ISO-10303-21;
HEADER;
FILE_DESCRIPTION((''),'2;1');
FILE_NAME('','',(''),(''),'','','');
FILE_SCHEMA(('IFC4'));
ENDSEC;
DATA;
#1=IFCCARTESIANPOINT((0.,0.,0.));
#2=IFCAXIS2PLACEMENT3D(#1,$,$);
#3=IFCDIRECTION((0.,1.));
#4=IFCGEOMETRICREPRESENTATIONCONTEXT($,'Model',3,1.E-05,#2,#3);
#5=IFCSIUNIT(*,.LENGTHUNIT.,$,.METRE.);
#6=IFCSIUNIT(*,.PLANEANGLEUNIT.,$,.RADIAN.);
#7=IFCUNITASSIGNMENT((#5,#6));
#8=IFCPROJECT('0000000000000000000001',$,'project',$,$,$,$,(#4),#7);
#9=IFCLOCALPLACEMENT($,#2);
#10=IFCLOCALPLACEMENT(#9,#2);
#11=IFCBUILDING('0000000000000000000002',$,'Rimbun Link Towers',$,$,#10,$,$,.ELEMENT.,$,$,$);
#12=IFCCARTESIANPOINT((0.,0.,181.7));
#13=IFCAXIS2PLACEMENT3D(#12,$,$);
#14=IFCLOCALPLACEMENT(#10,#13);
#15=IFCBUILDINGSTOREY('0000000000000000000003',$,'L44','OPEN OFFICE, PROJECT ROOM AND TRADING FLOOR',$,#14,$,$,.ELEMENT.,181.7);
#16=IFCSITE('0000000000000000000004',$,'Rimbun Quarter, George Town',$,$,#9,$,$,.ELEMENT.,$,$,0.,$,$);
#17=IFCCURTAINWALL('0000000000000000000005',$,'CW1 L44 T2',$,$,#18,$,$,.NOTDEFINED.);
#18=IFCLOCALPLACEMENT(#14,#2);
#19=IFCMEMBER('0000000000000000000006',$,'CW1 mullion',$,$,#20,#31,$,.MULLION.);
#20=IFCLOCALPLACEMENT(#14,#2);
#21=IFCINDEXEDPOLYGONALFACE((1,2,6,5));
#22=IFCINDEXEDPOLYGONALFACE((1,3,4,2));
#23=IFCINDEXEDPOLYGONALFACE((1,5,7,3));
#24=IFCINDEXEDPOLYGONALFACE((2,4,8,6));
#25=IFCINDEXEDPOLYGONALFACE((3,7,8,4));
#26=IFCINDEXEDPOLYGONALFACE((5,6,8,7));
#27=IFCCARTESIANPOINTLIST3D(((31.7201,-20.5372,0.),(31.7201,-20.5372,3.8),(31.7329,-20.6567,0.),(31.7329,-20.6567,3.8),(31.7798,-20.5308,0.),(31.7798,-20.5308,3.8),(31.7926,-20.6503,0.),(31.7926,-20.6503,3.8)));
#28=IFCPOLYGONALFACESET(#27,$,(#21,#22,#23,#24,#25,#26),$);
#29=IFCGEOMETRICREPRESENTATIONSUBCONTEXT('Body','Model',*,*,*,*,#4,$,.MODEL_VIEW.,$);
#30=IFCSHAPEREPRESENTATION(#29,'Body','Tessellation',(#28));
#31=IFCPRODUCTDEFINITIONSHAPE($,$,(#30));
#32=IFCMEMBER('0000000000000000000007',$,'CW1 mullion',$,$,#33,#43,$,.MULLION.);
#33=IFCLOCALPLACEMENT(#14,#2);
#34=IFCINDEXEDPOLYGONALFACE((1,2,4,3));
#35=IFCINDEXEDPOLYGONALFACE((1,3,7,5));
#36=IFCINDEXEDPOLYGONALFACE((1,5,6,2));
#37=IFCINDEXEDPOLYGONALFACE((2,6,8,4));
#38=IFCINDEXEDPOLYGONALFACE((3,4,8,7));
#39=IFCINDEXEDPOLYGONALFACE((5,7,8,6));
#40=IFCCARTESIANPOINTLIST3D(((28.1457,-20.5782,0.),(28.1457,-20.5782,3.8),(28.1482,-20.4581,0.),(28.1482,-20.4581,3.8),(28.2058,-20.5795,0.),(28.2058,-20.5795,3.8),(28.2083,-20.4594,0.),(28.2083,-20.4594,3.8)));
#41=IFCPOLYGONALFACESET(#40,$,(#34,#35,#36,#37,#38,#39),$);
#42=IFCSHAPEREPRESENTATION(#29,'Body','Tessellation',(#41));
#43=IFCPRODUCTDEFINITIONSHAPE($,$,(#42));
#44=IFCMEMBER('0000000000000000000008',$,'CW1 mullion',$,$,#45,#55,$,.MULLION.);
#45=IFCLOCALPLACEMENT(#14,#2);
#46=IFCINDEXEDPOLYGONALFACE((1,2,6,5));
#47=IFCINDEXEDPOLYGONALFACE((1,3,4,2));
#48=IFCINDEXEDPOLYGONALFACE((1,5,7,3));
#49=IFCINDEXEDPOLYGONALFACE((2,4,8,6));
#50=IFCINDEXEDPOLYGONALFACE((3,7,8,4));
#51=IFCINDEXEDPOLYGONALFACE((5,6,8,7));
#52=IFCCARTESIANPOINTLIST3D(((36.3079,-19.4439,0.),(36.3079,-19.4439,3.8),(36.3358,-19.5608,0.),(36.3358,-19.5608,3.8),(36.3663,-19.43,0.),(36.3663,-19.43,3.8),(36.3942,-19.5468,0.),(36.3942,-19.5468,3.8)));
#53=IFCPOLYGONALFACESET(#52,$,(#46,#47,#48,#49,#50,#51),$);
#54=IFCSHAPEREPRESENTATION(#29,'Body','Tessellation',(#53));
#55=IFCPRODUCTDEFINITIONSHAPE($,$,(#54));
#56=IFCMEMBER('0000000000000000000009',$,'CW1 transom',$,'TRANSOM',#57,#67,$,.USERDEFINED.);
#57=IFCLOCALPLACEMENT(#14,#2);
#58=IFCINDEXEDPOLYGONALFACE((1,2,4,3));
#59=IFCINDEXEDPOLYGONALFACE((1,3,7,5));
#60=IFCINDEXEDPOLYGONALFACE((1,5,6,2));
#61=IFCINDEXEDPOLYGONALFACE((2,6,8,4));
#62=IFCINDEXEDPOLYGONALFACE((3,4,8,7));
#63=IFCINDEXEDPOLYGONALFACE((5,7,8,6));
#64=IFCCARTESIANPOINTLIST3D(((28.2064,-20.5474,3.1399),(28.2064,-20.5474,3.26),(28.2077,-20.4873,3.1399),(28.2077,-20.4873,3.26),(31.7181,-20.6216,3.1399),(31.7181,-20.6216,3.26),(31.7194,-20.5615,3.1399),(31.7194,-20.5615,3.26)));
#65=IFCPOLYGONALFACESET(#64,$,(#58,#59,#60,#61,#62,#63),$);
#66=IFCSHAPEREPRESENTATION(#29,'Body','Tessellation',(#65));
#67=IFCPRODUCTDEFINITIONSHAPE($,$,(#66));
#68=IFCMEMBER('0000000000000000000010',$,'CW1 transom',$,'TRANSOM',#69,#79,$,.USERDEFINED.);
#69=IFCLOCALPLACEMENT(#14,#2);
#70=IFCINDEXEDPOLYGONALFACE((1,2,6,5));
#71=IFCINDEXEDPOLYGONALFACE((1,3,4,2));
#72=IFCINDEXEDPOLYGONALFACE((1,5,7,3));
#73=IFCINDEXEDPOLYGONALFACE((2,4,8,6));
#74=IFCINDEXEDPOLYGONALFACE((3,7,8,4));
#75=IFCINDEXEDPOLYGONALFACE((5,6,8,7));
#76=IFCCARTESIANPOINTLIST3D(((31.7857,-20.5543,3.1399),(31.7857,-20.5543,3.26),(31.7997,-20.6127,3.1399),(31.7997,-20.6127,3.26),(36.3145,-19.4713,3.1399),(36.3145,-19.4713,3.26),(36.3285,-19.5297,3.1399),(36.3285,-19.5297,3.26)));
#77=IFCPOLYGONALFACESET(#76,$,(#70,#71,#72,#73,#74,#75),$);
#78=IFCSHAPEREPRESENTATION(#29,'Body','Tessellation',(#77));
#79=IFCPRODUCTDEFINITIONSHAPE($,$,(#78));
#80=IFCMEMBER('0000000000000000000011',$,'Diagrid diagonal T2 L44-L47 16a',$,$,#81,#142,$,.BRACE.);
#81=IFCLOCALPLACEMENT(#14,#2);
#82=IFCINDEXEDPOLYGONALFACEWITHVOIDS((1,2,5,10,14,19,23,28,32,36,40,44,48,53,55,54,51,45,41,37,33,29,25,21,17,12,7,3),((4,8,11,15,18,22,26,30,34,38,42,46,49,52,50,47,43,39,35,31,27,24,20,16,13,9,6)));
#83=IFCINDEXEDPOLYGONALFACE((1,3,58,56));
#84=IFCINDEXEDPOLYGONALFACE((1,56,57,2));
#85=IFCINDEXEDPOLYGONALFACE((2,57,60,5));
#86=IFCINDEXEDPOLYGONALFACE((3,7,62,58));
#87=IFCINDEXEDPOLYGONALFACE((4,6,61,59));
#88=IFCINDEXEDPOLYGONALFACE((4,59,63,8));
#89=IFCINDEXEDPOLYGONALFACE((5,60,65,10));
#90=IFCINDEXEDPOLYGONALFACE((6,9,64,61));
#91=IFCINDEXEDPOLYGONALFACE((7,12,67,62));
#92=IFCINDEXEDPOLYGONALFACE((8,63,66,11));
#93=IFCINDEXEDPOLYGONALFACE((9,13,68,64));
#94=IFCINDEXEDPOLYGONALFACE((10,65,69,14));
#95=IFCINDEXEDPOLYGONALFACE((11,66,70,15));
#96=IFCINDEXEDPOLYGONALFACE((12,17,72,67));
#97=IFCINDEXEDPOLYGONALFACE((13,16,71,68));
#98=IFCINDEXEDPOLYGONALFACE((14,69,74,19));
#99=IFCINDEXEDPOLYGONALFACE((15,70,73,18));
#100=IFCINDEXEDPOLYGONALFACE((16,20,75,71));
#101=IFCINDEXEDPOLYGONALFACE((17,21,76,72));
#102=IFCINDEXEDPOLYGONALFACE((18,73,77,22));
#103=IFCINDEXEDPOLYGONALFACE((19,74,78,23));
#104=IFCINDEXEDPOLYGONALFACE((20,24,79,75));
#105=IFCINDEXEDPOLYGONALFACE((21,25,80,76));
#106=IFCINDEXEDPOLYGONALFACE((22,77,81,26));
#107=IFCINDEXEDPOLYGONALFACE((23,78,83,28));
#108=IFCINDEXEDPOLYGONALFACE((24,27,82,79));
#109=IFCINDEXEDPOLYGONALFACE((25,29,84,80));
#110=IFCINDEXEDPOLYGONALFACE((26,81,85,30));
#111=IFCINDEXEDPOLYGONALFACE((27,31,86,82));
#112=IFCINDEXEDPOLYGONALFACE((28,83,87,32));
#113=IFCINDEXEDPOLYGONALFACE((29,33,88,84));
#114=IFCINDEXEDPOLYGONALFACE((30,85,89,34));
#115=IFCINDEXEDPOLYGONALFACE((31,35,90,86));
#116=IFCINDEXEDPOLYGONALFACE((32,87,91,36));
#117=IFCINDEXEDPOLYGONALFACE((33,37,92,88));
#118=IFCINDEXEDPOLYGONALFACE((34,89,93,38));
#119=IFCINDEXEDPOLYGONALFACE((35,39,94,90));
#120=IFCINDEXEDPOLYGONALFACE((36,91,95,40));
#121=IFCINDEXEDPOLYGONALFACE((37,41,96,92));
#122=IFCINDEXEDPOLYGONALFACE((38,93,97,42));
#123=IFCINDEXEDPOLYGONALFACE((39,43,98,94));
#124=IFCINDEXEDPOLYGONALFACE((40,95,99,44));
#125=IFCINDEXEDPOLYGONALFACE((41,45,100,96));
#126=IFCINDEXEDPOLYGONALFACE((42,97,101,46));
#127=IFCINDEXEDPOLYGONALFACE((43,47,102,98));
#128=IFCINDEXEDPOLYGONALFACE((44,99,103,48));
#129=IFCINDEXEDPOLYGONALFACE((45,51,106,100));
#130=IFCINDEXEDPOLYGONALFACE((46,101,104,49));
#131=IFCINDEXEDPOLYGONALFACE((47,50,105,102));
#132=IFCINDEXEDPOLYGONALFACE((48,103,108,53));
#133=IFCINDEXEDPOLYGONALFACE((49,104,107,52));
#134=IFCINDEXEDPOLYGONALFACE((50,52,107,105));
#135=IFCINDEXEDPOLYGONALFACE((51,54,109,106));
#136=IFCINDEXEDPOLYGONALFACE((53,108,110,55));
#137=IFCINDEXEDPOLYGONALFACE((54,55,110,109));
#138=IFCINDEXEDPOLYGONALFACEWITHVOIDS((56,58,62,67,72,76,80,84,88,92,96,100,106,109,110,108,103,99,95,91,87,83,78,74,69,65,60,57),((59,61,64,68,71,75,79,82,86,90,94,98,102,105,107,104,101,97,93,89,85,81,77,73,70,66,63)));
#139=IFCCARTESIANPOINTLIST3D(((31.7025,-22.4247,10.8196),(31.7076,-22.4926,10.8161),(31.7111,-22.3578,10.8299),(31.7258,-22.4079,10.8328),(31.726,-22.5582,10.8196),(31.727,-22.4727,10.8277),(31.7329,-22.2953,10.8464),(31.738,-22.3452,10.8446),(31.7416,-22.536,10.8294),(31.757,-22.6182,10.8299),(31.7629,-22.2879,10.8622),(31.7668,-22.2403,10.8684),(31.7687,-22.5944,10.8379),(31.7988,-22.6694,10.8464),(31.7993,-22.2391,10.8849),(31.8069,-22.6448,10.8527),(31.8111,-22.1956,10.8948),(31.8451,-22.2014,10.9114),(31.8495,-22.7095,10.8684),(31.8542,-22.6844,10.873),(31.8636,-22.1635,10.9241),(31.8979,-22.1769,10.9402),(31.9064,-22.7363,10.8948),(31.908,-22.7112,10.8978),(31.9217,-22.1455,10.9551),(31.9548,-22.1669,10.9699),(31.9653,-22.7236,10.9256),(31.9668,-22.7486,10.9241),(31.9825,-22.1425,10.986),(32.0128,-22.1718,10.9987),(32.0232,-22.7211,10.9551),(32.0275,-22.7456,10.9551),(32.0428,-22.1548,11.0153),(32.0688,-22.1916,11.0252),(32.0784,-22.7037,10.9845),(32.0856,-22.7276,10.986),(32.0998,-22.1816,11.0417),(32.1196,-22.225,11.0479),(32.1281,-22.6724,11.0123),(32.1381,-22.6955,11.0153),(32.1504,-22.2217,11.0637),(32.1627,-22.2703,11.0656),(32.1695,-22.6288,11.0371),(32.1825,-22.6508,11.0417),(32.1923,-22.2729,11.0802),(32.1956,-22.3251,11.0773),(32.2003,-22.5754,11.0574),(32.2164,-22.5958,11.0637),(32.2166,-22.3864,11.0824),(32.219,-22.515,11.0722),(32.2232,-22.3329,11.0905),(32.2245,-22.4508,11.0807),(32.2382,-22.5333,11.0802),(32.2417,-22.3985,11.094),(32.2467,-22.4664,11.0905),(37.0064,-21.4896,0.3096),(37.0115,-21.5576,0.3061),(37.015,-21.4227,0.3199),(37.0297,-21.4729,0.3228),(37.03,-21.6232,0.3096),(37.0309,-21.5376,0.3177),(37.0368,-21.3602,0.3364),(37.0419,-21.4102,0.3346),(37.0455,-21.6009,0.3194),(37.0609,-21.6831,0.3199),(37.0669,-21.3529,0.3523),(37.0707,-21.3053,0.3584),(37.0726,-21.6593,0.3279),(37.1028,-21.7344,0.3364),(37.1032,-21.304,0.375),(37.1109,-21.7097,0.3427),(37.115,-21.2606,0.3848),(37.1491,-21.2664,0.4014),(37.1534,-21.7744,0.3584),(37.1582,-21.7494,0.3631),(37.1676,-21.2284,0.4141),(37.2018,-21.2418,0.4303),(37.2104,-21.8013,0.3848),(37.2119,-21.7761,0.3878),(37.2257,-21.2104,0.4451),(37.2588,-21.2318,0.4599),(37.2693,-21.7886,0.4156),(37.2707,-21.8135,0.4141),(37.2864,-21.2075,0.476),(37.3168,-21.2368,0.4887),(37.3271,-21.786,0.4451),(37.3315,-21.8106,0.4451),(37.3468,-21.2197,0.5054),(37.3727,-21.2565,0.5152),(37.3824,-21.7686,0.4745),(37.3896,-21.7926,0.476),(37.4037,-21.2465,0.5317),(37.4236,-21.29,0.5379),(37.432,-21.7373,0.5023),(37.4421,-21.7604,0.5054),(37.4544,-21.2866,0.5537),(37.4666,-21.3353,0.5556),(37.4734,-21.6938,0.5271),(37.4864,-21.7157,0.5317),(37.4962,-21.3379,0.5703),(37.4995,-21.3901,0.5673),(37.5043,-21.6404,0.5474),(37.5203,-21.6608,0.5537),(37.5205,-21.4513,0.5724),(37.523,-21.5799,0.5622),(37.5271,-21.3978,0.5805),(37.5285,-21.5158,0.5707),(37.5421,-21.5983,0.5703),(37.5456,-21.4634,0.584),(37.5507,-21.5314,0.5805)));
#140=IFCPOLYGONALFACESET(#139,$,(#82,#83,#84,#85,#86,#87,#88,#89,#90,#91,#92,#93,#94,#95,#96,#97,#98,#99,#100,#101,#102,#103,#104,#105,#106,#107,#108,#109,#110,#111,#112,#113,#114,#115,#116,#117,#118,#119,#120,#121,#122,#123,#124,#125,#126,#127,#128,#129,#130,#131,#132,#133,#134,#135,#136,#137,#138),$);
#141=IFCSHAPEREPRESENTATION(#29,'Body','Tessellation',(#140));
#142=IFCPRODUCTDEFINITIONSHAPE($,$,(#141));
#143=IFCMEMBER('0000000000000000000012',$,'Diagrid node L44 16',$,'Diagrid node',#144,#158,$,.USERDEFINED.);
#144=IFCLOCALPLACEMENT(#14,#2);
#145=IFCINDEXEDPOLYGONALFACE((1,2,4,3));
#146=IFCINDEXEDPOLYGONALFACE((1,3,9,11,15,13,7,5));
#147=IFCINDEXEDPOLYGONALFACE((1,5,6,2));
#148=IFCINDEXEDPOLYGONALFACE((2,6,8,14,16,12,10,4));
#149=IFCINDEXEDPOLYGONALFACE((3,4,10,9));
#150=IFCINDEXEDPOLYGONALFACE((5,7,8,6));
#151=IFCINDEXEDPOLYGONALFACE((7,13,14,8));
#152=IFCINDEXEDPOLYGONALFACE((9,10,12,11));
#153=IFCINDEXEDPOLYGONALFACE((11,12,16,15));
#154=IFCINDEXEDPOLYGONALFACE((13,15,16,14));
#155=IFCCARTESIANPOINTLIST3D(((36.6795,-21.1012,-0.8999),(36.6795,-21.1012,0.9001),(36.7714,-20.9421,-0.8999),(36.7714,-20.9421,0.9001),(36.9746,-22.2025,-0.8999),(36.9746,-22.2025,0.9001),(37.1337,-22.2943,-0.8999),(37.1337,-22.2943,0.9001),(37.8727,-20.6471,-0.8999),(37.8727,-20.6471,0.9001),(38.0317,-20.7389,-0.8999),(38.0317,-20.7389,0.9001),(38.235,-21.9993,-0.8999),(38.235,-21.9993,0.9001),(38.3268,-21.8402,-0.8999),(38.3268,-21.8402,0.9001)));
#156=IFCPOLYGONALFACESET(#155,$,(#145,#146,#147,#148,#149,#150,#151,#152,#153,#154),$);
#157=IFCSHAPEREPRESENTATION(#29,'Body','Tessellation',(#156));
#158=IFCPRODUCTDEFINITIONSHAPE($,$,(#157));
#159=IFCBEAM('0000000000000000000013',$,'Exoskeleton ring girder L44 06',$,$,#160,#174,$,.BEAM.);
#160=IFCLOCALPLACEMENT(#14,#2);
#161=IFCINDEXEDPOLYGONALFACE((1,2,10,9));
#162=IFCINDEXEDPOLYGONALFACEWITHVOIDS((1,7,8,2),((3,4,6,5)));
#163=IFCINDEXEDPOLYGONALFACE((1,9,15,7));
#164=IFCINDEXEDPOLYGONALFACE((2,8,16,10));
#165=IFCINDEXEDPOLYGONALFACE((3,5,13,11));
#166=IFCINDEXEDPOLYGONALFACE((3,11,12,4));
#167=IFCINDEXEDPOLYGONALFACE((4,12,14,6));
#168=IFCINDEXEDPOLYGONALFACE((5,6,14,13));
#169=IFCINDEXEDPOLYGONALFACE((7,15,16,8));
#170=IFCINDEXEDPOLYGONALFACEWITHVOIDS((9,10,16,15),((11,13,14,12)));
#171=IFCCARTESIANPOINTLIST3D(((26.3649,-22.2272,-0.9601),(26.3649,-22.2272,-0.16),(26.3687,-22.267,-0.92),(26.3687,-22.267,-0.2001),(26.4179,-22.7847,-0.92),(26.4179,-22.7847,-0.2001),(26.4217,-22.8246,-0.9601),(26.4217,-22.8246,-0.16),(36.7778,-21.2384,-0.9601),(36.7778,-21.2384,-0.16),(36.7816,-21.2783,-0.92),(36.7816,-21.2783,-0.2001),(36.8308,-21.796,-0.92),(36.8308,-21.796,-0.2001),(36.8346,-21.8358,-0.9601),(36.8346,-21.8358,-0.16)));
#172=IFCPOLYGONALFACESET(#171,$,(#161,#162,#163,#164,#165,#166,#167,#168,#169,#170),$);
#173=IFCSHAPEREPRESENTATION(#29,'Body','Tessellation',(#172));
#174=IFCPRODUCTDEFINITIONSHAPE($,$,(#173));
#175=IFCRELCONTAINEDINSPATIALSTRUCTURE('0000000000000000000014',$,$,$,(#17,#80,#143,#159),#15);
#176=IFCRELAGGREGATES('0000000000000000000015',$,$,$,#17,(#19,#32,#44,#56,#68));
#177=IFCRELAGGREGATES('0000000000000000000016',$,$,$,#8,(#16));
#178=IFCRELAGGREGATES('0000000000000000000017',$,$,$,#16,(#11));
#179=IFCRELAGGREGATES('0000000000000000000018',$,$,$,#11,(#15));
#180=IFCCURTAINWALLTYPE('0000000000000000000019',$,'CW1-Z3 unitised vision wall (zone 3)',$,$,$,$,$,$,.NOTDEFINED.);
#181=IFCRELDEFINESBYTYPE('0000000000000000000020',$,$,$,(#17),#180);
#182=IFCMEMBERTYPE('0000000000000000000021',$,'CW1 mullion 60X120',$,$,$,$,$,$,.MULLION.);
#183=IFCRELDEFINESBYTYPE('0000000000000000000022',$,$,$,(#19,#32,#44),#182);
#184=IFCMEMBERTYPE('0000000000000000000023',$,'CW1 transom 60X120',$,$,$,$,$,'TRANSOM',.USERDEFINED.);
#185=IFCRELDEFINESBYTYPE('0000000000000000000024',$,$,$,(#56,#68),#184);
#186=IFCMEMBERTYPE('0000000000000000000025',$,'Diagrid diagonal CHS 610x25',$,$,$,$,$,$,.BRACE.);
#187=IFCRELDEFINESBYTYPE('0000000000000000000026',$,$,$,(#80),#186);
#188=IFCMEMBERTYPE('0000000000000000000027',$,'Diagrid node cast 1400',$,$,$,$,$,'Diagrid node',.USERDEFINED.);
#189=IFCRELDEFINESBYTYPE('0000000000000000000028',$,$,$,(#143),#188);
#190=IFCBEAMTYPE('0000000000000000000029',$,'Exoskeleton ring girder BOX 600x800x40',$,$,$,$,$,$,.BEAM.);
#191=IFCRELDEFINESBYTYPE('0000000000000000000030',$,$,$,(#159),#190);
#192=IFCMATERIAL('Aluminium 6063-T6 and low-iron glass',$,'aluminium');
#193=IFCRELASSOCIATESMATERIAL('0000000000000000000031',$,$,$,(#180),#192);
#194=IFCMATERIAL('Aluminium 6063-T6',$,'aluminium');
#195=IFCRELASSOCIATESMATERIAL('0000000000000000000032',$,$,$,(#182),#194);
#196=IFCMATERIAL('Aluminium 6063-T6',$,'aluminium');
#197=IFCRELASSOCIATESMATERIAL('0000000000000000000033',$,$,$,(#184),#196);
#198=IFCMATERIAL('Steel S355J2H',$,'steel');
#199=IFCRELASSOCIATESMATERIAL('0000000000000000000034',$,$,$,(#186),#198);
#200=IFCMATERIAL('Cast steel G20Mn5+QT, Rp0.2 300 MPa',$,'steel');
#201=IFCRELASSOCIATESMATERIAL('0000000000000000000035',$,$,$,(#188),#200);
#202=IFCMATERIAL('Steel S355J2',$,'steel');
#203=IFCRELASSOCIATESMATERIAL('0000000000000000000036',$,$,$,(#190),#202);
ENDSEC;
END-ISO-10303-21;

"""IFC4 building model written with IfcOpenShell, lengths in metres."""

from ifc_helpers import new_model, si_unit, direction, frame, origin, origin_2d, place, context, subcontext, project, spatial, polyline, rectangle, hollow_rectangle, hollow_circle, outline, extrude, material, material_profile, profile_set, type_object, element, aggregate, save


model = new_model("IFC4")

# Units and contexts
model_context = context("Model", 3, precision=1e-05, world=origin(), true_north=direction((0.0, 1.0)))
body_context = subcontext(model_context, "Body", "Model", "MODEL_VIEW")
ifc_project = project(units=[si_unit("LENGTHUNIT", "METRE"), si_unit("PLANEANGLEUNIT", "RADIAN")], contexts=[model_context])

# Site, building, storey
site_placement = place(None, origin())
site = spatial("IfcSite", under=ifc_project, at=site_placement, Name="Rimbun Quarter, George Town", CompositionType="ELEMENT", RefElevation=0.0)
building_placement = place(site_placement, origin())
building = spatial("IfcBuilding", under=site, at=building_placement, Name="Rimbun Link Towers", CompositionType="ELEMENT")
storey_placement = place(building_placement, frame((0.0, 0.0, 181.7)))
storey = spatial("IfcBuildingStorey", under=building, at=storey_placement, Name="L44", Description="OPEN OFFICE, PROJECT ROOM AND TRADING FLOOR", CompositionType="ELEMENT", Elevation=181.7)

# Curtain wall, members
ifc_material_1 = material(Name="Aluminium 6063-T6 and low-iron glass", Category="aluminium")
curtain_wall_type = type_object("IfcCurtainWallType", Name="CW1-Z3 unitised vision wall (zone 3)", PredefinedType="NOTDEFINED", material=ifc_material_1)
curtain_wall_placement = place(storey_placement, origin())
curtain_wall = element("IfcCurtainWall", 1, at=curtain_wall_placement, inside=storey, type_object=curtain_wall_type, Name="CW1 L44 T2", PredefinedType="NOTDEFINED")
ifc_material_2 = material(Name="Aluminium 6063-T6", Category="aluminium")
ifc_material_profile_1 = material_profile(ifc_material_2, rectangle(XDim=0.1201, YDim=0.0601, at=origin_2d()), Name="MULLION 60X120")
ifc_profile_set_1 = profile_set([ifc_material_profile_1], Name="Aluminium 6063-T6")
member_type_1 = type_object("IfcMemberType", Name="CW1 mullion 60X120", PredefinedType="MULLION", material=ifc_profile_set_1)
member_1_placement = place(storey_placement, frame((31.7563, -20.5938, 0.0), z_axis=(0.0, 0.0, 1.0), x_axis=(0.106634, -0.994298, 0.0)))
member_1 = element("IfcMember", 2, at=member_1_placement, type_object=member_type_1, Name="CW1 mullion", PredefinedType="MULLION", context=body_context, shape_type="SweptSolid", body=[
    extrude(rectangle(XDim=0.1201, YDim=0.0601, at=origin_2d()), origin(), (0.0, 0.0, 1.0), 3.8),
])
member_2_placement = place(storey_placement, frame((28.177, -20.5188, 0.0), z_axis=(0.0, 0.0, 1.0), x_axis=(-0.021069, -0.999778, 0.0)))
member_2 = element("IfcMember", 3, at=member_2_placement, type_object=member_type_1, Name="CW1 mullion", PredefinedType="MULLION", context=body_context, shape_type="SweptSolid", body=[
    extrude(rectangle(XDim=0.1201, YDim=0.0601, at=origin_2d()), origin(), (0.0, 0.0, 1.0), 3.8),
])
member_3_placement = place(storey_placement, frame((36.3511, -19.4954, 0.0), z_axis=(0.0, 0.0, 1.0), x_axis=(0.232596, -0.972573, 0.0)))
member_3 = element("IfcMember", 4, at=member_3_placement, type_object=member_type_1, Name="CW1 mullion", PredefinedType="MULLION", context=body_context, shape_type="SweptSolid", body=[
    extrude(rectangle(XDim=0.1201, YDim=0.0601, at=origin_2d()), origin(), (0.0, 0.0, 1.0), 3.8),
])
ifc_material_3 = material(Name="Aluminium 6063-T6", Category="aluminium")
ifc_material_profile_2 = material_profile(ifc_material_3, rectangle(XDim=0.0601, YDim=0.1201, at=origin_2d()), Name="TRANSOM 60X120")
ifc_profile_set_2 = profile_set([ifc_material_profile_2], Name="Aluminium 6063-T6")
member_type_2 = type_object("IfcMemberType", Name="CW1 transom 60X120", ElementType="TRANSOM", PredefinedType="USERDEFINED", material=ifc_profile_set_2)
member_4_placement = place(storey_placement, frame((31.7188, -20.5916, 3.2), z_axis=(-0.999777, 0.02113, 0.0), x_axis=(-0.02113, -0.999777, 0.0)))
member_4 = element("IfcMember", 5, at=member_4_placement, type_object=member_type_2, Name="CW1 transom", ObjectType="TRANSOM", PredefinedType="USERDEFINED", context=body_context, shape_type="SweptSolid", body=[
    extrude(rectangle(XDim=0.0601, YDim=0.1201, at=origin_2d()), origin(), (0.0, 0.0, 1.0), 3.5125),
])
member_5_placement = place(storey_placement, frame((36.3215, -19.5005, 3.2), z_axis=(-0.972577, -0.23258, 0.0), x_axis=(0.23258, -0.972577, 0.0)))
member_5 = element("IfcMember", 6, at=member_5_placement, type_object=member_type_2, Name="CW1 transom", ObjectType="TRANSOM", PredefinedType="USERDEFINED", context=body_context, shape_type="SweptSolid", body=[
    extrude(rectangle(XDim=0.0601, YDim=0.1201, at=origin_2d()), origin(), (0.0, 0.0, 1.0), 4.6565),
])

# Members
ifc_material_4 = material(Name="Steel S355J2H", Category="steel")
ifc_material_profile_3 = material_profile(ifc_material_4, hollow_circle(Radius=0.3047, WallThickness=0.0249, at=origin_2d()), Name="Diagrid diagonal CHS 610x25")
ifc_profile_set_3 = profile_set([ifc_material_profile_3], Name="Steel S355J2H")
member_type_3 = type_object("IfcMemberType", Name="Diagrid diagonal CHS 610x25", PredefinedType="BRACE", material=ifc_profile_set_3)
member_6_placement = place(storey_placement, frame((37.2786, -21.5105, 0.4451), z_axis=(-0.449122, -0.079178, 0.889955), x_axis=(0.173617, -0.984813, 0.0)))
element("IfcMember", 7, at=member_6_placement, inside=storey, type_object=member_type_3, Name="Diagrid diagonal T2 L44-L47 16a", PredefinedType="BRACE", context=body_context, shape_type="SweptSolid", body=[
    extrude(hollow_circle(Radius=0.3047, WallThickness=0.0249, at=origin_2d()), origin(), (0.0, 0.0, 1.0), 11.8096),
])
ifc_material_5 = material(Name="Cast steel G20Mn5+QT, Rp0.2 300 MPa", Category="steel")
ifc_material_profile_4 = material_profile(ifc_material_5, outline(polyline([(0.7, -0.5701), (0.7, 0.5701), (0.5701, 0.7), (-0.5701, 0.7), (-0.7, 0.5701), (-0.7, -0.5701), (-0.5701, -0.7), (0.5701, -0.7), (0.7, -0.5701)])), Name="NODE 1400x1400")
ifc_profile_set_4 = profile_set([ifc_material_profile_4], Name="Cast steel G20Mn5+QT, Rp0.2 300 MPa")
member_type_4 = type_object("IfcMemberType", Name="Diagrid node cast 1400", ElementType="Diagrid node", PredefinedType="USERDEFINED", material=ifc_profile_set_4)
member_7_placement = place(storey_placement, frame((37.5032, -21.4707, -0.8999), z_axis=(0.0, 0.0, 1.0), x_axis=(0.258819, -0.965926, 0.0)))
element("IfcMember", 8, at=member_7_placement, inside=storey, type_object=member_type_4, Name="Diagrid node L44 16", ObjectType="Diagrid node", PredefinedType="USERDEFINED", context=body_context, shape_type="SweptSolid", body=[
    extrude(outline(polyline([(0.7, -0.5701), (0.7, 0.5701), (0.5701, 0.7), (-0.5701, 0.7), (-0.7, 0.5701), (-0.7, -0.5701), (-0.5701, -0.7), (0.5701, -0.7), (0.7, -0.5701)])), origin(), (0.0, 0.0, 1.0), 1.8),
])

# Beam
ifc_material_6 = material(Name="Steel S355J2", Category="steel")
ifc_material_profile_5 = material_profile(ifc_material_6, hollow_rectangle(XDim=0.6001, YDim=0.8, WallThickness=0.04, at=origin_2d()), Name="Exoskeleton ring girder BOX 600x800x40")
ifc_profile_set_5 = profile_set([ifc_material_profile_5], Name="Steel S355J2")
beam_type_1 = type_object("IfcBeamType", Name="Exoskeleton ring girder BOX 600x800x40", PredefinedType="BEAM", material=ifc_profile_set_5)
beam_1_placement = place(storey_placement, frame((26.3933, -22.5259, -0.5601), z_axis=(0.995522, 0.094532, 0.0), x_axis=(-0.094532, 0.995522, 0.0)))
element("IfcBeam", 9, at=beam_1_placement, inside=storey, type_object=beam_type_1, Name="Exoskeleton ring girder L44 06", PredefinedType="BEAM", context=body_context, shape_type="SweptSolid", body=[
    extrude(hollow_rectangle(XDim=0.6001, YDim=0.8, WallThickness=0.04, at=origin_2d()), origin(), (0.0, 0.0, 1.0), 10.4597),
])

aggregate(curtain_wall, [member_1, member_2, member_3, member_4, member_5])

save(model, "model.ifc")
